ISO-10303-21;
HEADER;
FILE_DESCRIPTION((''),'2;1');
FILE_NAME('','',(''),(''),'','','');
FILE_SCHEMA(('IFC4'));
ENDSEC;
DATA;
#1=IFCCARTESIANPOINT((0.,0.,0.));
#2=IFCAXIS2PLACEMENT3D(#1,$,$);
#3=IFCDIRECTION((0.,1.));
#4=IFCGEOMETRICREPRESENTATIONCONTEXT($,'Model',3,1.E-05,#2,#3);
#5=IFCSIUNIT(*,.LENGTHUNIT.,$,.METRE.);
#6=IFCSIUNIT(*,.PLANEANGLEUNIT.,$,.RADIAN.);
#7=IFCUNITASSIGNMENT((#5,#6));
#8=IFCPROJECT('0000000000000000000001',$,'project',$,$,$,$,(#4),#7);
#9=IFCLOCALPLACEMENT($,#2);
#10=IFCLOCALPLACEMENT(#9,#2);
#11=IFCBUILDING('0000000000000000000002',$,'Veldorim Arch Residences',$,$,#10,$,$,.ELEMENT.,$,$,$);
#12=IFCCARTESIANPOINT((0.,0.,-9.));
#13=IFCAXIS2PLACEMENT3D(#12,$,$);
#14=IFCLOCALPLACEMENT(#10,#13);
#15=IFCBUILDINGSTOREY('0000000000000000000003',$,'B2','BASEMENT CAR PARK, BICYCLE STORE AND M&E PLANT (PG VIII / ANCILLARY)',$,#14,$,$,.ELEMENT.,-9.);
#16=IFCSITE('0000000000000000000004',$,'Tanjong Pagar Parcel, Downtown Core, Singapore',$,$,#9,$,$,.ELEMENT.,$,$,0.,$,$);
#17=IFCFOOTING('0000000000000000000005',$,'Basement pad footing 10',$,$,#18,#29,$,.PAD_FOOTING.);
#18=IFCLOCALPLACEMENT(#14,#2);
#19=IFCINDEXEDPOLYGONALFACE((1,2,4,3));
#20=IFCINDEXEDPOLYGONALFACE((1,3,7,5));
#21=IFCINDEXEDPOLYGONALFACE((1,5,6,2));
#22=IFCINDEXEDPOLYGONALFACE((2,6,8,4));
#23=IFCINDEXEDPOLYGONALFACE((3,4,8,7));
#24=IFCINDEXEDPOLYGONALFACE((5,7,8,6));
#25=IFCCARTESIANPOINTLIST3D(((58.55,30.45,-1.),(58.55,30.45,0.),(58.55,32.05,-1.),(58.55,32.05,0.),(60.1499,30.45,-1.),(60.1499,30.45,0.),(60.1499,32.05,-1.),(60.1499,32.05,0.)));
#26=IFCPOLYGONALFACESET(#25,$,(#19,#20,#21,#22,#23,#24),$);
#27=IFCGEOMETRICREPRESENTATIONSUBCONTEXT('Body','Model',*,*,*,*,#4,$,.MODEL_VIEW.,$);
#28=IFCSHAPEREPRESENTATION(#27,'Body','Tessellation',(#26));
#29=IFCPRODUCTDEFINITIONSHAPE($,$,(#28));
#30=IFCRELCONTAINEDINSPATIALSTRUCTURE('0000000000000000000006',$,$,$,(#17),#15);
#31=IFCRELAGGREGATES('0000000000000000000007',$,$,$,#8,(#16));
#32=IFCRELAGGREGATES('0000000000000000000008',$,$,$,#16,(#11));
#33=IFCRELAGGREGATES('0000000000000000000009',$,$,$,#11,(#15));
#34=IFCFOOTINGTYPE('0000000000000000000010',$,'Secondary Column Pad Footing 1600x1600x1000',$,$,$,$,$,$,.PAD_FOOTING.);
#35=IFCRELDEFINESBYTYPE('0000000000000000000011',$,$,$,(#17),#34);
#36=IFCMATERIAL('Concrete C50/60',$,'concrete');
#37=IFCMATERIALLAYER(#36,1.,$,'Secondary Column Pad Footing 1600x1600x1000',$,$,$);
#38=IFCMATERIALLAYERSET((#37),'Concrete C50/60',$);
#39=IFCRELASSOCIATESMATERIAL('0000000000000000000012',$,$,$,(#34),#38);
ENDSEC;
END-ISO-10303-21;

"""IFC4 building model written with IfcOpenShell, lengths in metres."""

from ifc_helpers import new_model, si_unit, direction, frame, origin, place, context, subcontext, project, spatial, polyline, outline, extrude, material, layer, layer_set, type_object, element, save


model = new_model("IFC4")

# Units and contexts
model_context = context("Model", 3, precision=1e-05, world=origin(), true_north=direction((0.0, 1.0)))
body_context = subcontext(model_context, "Body", "Model", "MODEL_VIEW")
ifc_project = project(units=[si_unit("LENGTHUNIT", "METRE"), si_unit("PLANEANGLEUNIT", "RADIAN")], contexts=[model_context])

# Site, building, storey
site_placement = place(None, origin())
site = spatial("IfcSite", under=ifc_project, at=site_placement, Name="Tanjong Pagar Parcel, Downtown Core, Singapore", CompositionType="ELEMENT", RefElevation=0.0)
building_placement = place(site_placement, origin())
building = spatial("IfcBuilding", under=site, at=building_placement, Name="Veldorim Arch Residences", CompositionType="ELEMENT")
storey_placement = place(building_placement, frame((0.0, 0.0, -9.0)))
storey = spatial("IfcBuildingStorey", under=building, at=storey_placement, Name="B2", Description="BASEMENT CAR PARK, BICYCLE STORE AND M&E PLANT (PG VIII / ANCILLARY)", CompositionType="ELEMENT", Elevation=-9.0)

# Footing
ifc_material_1 = material(Name="Concrete C50/60", Category="concrete")
ifc_layer_1 = layer(ifc_material_1, 1.0, Name="Secondary Column Pad Footing 1600x1600x1000")
ifc_layer_set_1 = layer_set([ifc_layer_1], Name="Concrete C50/60")
footing_type_1 = type_object("IfcFootingType", Name="Secondary Column Pad Footing 1600x1600x1000", PredefinedType="PAD_FOOTING", material=ifc_layer_set_1)
footing_1_placement = place(storey_placement, frame((0.0, 0.0, -1.0)))
element("IfcFooting", 1, at=footing_1_placement, inside=storey, type_object=footing_type_1, Name="Basement pad footing 10", PredefinedType="PAD_FOOTING", context=body_context, shape_type="SweptSolid", body=[
    extrude(outline(polyline([(58.55, 30.45), (60.1499, 30.45), (60.1499, 32.05), (58.55, 32.05), (58.55, 30.45)])), origin(), (0.0, 0.0, 1.0), 1.0),
])

save(model, "model.ifc")
